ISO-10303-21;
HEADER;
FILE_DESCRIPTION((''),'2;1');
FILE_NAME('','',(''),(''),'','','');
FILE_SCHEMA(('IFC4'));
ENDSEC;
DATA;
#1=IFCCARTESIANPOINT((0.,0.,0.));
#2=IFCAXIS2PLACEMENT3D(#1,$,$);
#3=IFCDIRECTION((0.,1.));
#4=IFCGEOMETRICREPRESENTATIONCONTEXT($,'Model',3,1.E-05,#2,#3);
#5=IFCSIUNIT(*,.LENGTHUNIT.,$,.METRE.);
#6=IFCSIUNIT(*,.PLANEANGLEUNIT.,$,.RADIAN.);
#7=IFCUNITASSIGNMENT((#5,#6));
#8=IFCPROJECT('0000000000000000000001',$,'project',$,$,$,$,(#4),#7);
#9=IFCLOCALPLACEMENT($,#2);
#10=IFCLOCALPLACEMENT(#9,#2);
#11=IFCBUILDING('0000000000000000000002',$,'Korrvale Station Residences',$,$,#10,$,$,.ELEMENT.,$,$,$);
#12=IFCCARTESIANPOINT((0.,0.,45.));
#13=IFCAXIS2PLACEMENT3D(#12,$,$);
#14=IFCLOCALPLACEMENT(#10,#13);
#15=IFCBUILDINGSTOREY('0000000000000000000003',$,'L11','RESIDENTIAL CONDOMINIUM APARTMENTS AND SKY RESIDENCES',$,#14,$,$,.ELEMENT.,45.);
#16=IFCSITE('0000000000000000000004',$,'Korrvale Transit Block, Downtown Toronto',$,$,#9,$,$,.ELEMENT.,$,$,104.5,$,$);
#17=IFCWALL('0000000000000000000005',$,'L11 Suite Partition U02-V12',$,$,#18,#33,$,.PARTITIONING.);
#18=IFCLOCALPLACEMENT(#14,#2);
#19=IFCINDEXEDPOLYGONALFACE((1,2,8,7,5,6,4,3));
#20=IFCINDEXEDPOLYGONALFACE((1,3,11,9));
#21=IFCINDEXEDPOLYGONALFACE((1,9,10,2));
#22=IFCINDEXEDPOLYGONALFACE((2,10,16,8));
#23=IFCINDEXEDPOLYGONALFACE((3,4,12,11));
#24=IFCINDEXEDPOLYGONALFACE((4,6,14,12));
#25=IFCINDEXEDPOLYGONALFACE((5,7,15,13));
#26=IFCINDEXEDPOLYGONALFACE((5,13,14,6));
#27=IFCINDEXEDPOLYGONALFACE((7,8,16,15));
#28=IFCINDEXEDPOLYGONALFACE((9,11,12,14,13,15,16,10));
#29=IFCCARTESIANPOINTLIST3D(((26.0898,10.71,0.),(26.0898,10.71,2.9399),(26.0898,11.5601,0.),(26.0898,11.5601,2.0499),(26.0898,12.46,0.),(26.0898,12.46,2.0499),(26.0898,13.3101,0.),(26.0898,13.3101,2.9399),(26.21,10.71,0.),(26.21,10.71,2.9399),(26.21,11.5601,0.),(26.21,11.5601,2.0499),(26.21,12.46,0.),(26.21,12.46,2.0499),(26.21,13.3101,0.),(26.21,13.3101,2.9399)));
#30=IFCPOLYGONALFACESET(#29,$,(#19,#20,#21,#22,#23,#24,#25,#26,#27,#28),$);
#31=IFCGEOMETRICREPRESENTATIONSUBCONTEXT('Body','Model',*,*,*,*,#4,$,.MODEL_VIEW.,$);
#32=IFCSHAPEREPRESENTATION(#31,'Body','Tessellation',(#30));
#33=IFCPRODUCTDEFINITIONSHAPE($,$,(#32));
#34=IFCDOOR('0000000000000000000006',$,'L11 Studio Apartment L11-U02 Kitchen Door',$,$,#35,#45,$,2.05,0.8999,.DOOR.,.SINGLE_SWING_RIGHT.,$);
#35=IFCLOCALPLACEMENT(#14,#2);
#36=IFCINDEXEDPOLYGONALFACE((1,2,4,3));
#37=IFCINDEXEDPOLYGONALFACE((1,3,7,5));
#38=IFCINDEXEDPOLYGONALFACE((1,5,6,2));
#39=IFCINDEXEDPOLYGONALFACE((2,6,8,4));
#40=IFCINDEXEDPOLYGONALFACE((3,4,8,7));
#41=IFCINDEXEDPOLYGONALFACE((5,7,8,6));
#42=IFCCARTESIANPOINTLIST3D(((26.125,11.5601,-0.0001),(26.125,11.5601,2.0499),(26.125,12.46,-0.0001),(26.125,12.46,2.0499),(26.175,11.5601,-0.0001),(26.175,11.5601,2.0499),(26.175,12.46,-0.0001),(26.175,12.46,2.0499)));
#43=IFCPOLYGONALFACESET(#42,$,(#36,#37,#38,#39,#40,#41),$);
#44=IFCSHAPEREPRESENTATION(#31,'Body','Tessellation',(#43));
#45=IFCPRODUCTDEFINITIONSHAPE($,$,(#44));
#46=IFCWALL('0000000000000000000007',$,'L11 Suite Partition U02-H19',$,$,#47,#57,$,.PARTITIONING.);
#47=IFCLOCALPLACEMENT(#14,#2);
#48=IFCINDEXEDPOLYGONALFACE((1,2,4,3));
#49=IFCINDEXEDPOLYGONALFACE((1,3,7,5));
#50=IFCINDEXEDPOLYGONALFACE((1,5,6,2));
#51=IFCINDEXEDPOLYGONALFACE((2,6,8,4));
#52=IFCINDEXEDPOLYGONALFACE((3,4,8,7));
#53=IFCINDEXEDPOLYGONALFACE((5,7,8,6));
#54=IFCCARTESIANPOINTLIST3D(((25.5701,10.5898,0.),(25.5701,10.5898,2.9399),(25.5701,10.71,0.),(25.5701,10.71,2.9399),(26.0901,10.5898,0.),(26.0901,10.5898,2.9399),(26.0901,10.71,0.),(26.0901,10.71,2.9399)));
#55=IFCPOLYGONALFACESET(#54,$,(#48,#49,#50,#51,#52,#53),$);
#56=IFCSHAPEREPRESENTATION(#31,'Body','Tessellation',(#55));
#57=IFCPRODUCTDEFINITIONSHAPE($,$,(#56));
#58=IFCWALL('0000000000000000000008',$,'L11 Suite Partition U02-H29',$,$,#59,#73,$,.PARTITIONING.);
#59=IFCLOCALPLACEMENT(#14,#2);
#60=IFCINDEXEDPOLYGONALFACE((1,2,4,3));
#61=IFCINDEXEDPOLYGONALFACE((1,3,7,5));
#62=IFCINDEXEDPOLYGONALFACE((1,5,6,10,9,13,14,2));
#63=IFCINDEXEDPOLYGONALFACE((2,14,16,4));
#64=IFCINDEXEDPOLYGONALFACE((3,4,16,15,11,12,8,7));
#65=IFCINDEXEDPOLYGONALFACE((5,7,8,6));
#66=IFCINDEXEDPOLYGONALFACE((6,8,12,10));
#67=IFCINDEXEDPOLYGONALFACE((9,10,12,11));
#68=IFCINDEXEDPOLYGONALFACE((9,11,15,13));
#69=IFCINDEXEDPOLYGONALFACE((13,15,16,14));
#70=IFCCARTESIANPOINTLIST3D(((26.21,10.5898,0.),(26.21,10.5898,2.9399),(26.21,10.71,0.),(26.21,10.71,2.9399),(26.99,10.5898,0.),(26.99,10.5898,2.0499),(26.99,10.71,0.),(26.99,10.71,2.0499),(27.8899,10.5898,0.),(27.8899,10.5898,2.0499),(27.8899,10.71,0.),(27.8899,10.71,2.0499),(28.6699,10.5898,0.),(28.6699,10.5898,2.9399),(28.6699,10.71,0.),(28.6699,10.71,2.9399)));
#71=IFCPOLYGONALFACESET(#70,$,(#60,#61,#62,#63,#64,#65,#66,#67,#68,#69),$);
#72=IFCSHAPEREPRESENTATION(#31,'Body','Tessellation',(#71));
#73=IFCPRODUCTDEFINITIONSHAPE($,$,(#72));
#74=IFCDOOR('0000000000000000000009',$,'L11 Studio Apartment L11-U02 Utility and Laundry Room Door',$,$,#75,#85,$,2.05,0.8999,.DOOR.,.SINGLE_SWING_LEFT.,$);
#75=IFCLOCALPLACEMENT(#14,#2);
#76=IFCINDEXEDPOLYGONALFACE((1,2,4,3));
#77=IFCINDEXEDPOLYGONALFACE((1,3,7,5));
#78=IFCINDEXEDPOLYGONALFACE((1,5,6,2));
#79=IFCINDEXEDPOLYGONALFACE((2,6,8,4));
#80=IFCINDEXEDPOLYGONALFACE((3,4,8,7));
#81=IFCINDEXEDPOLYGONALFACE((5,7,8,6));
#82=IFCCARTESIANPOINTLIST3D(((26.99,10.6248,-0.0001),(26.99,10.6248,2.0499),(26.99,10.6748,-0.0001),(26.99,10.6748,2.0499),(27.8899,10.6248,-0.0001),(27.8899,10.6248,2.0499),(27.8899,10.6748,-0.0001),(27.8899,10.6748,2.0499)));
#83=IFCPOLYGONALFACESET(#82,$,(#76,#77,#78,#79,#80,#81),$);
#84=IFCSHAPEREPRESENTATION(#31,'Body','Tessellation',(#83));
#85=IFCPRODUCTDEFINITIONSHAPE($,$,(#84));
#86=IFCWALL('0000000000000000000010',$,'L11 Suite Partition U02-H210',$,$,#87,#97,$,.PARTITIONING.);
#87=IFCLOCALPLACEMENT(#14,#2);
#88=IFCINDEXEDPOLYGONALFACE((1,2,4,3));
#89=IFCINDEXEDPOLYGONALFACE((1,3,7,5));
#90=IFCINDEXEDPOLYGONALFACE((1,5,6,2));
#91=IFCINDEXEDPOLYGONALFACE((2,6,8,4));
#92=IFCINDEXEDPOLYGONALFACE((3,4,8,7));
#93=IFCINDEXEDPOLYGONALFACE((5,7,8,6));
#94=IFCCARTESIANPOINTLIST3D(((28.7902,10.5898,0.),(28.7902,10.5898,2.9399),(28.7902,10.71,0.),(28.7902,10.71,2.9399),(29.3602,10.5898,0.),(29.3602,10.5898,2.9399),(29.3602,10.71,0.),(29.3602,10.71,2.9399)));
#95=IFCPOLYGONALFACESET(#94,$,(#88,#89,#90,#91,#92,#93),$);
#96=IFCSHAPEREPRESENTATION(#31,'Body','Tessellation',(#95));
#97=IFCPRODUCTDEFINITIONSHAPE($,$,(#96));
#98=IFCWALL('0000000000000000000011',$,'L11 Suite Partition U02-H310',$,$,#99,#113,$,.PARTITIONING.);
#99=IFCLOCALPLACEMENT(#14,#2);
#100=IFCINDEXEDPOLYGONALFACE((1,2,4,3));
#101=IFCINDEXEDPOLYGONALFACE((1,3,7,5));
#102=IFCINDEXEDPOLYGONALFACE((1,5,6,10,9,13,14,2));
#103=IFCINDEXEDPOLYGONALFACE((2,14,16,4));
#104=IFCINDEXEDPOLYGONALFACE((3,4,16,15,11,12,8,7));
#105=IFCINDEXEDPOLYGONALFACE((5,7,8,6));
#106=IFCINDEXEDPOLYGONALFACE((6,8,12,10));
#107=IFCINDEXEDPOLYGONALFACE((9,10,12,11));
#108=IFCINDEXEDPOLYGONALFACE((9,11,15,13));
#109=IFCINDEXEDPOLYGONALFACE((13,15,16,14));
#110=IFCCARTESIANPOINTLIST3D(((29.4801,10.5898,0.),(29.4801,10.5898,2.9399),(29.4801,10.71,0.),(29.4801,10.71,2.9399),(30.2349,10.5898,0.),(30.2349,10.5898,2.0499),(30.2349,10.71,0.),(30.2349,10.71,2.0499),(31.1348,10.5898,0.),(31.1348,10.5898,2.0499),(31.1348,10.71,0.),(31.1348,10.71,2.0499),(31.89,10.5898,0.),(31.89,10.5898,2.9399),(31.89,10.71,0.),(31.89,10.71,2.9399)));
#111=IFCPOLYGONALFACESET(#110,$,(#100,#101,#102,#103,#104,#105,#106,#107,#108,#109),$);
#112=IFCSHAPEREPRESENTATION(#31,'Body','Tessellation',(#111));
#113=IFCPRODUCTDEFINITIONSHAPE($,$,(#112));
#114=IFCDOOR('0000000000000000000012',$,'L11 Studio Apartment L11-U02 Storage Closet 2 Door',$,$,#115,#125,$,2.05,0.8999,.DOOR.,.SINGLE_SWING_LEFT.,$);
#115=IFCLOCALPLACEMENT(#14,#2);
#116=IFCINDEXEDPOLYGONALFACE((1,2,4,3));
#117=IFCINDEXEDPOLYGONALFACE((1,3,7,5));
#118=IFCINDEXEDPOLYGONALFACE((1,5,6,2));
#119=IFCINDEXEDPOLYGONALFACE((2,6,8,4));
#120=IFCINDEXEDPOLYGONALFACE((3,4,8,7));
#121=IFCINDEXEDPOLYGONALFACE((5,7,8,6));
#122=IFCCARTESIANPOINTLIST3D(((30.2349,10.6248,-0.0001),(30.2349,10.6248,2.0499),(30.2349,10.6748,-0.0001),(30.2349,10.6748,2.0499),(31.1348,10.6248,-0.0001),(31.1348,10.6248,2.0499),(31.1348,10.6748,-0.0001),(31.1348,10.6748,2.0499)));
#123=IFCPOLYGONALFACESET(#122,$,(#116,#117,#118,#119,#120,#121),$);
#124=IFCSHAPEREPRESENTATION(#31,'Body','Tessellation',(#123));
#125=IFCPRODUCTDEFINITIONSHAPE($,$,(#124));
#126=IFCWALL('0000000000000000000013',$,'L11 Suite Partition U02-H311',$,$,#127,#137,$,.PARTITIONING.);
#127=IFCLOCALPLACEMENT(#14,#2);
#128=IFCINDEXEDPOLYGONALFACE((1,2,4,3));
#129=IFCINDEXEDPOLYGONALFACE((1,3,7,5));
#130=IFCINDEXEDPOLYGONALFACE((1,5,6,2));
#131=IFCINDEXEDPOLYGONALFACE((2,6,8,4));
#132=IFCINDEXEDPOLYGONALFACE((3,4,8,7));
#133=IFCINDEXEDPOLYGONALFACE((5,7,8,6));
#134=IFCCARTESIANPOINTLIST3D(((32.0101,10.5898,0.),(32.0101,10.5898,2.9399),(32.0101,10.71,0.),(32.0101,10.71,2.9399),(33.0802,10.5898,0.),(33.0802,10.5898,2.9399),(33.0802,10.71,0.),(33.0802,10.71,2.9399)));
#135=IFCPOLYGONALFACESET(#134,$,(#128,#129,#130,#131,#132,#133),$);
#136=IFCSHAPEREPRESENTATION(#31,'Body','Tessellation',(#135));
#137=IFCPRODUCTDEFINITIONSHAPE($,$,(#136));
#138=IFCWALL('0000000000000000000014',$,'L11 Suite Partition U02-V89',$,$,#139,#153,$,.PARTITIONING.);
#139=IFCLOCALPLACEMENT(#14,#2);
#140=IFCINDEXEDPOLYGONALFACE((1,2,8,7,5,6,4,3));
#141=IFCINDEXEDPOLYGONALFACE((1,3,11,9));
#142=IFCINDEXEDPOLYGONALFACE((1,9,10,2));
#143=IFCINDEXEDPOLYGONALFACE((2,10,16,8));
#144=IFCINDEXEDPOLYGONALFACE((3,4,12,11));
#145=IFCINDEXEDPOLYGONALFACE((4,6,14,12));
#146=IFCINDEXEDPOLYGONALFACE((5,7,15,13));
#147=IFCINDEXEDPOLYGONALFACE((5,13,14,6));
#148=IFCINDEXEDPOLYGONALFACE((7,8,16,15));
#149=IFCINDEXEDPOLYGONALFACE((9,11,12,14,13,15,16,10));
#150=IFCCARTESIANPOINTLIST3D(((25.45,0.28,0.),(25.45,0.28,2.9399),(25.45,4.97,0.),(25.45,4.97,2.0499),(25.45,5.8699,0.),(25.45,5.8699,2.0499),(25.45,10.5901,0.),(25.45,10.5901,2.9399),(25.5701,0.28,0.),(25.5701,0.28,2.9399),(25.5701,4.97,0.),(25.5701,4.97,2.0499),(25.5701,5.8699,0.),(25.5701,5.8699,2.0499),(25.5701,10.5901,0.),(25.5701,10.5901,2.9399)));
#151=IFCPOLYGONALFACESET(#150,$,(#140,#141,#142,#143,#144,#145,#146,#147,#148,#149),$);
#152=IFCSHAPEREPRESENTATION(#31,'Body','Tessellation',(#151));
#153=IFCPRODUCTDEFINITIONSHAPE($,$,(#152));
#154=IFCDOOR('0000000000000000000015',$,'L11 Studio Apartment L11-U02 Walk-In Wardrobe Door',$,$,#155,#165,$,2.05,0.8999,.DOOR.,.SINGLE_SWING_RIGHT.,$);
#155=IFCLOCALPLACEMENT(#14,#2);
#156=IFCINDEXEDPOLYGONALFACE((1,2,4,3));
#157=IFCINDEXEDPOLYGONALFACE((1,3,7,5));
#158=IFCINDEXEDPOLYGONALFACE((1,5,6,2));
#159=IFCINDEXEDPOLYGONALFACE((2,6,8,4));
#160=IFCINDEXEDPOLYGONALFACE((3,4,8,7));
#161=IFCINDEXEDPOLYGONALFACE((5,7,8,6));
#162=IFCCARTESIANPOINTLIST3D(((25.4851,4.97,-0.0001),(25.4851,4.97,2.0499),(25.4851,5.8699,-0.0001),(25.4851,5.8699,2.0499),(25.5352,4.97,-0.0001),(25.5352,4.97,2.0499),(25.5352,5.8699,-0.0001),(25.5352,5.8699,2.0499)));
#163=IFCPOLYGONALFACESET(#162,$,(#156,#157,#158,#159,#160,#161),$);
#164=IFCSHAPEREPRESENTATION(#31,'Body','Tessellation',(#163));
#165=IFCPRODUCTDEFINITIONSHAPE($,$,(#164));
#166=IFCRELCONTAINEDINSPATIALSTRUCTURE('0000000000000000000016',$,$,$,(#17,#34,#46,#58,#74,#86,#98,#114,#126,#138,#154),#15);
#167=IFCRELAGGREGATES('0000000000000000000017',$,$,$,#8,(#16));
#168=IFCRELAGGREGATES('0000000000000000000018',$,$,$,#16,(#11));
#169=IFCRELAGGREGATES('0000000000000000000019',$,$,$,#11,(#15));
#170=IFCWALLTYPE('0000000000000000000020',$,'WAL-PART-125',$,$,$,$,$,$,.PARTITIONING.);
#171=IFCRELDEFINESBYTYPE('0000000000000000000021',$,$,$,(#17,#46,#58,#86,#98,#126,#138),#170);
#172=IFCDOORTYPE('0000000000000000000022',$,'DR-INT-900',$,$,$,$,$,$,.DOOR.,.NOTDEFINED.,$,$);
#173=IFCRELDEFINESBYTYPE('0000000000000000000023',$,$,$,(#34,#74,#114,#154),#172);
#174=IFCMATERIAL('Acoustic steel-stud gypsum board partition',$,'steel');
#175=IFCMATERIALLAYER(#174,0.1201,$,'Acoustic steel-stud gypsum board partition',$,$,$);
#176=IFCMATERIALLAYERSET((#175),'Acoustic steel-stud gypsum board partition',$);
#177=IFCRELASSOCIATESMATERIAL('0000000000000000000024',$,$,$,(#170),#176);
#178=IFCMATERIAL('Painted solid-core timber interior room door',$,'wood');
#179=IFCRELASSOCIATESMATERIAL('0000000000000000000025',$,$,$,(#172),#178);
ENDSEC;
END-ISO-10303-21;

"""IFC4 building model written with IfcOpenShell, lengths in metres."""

from ifc_helpers import new_model, si_unit, direction, frame, frame_2d, origin, place, context, subcontext, project, spatial, rectangle, extrude, material, layer, layer_set, type_object, element, fill, save


model = new_model("IFC4")

# Units and contexts
model_context = context("Model", 3, precision=1e-05, world=origin(), true_north=direction((0.0, 1.0)))
body_context = subcontext(model_context, "Body", "Model", "MODEL_VIEW")
ifc_project = project(units=[si_unit("LENGTHUNIT", "METRE"), si_unit("PLANEANGLEUNIT", "RADIAN")], contexts=[model_context])

# Site, building, storey
site_placement = place(None, origin())
site = spatial("IfcSite", under=ifc_project, at=site_placement, Name="Korrvale Transit Block, Downtown Toronto", CompositionType="ELEMENT", RefElevation=104.5)
building_placement = place(site_placement, origin())
building = spatial("IfcBuilding", under=site, at=building_placement, Name="Korrvale Station Residences", CompositionType="ELEMENT")
storey_placement = place(building_placement, frame((0.0, 0.0, 45.0)))
storey = spatial("IfcBuildingStorey", under=building, at=storey_placement, Name="L11", Description="RESIDENTIAL CONDOMINIUM APARTMENTS AND SKY RESIDENCES", CompositionType="ELEMENT", Elevation=45.0)

# Wall, opening, door
ifc_material_1 = material(Name="Acoustic steel-stud gypsum board partition", Category="steel")
ifc_layer_1 = layer(ifc_material_1, 0.1201, Name="Acoustic steel-stud gypsum board partition")
ifc_layer_set_1 = layer_set([ifc_layer_1], Name="Acoustic steel-stud gypsum board partition")
wall_type = type_object("IfcWallType", Name="WAL-PART-125", PredefinedType="PARTITIONING", material=ifc_layer_set_1)
wall_1_placement = place(storey_placement, frame((26.1499, 10.71, 0.0), z_axis=(0.0, 0.0, 1.0), x_axis=(0.0, 1.0, 0.0)))
wall_1 = element("IfcWall", 1, at=wall_1_placement, inside=storey, type_object=wall_type, Name="L11 Suite Partition U02-V12", PredefinedType="PARTITIONING", context=body_context, shape_type="SweptSolid", body=[
    extrude(rectangle(XDim=2.6001, YDim=0.1201, at=frame_2d((1.3, 0.0))), origin(), (0.0, 0.0, 1.0), 2.9399),
])
opening_1_placement = place(wall_1_placement, frame((0.8501, 0.0, 0.0)))
opening_1 = element("IfcOpeningElement", 2, at=opening_1_placement, cuts=wall_1, PredefinedType="OPENING", context=body_context, shape_type="SweptSolid", body=[
    extrude(rectangle(XDim=0.8999, YDim=2.05, at=frame_2d((0.45, 1.0249))), frame((0.0, 0.0701, 0.0), z_axis=(0.0, -1.0, 0.0), x_axis=(1.0, 0.0, 0.0)), (0.0, 0.0, 1.0), 0.1401),
])
ifc_material_2 = material(Name="Painted solid-core timber interior room door", Category="wood")
door_type = type_object("IfcDoorType", Name="DR-INT-900", OperationType="NOTDEFINED", PredefinedType="DOOR", material=ifc_material_2)
door_1_placement = place(opening_1_placement, origin())
door_1 = element("IfcDoor", 3, at=door_1_placement, inside=storey, type_object=door_type, Name="L11 Studio Apartment L11-U02 Kitchen Door", OperationType="SINGLE_SWING_RIGHT", OverallHeight=2.05, OverallWidth=0.8999, PredefinedType="DOOR", context=body_context, shape_type="SweptSolid", body=[
    extrude(rectangle(XDim=0.8999, YDim=2.05, at=frame_2d((0.45, 1.0249))), frame((0.0, 0.0249, 0.0), z_axis=(0.0, -1.0, 0.0), x_axis=(1.0, 0.0, 0.0)), (0.0, 0.0, 1.0), 0.05),
])
fill(opening_1, door_1)

# Wall
wall_2_placement = place(storey_placement, frame((25.5701, 10.6499, 0.0), z_axis=(0.0, 0.0, 1.0), x_axis=(1.0, 0.0, 0.0)))
element("IfcWall", 4, at=wall_2_placement, inside=storey, type_object=wall_type, Name="L11 Suite Partition U02-H19", PredefinedType="PARTITIONING", context=body_context, shape_type="SweptSolid", body=[
    extrude(rectangle(XDim=0.52, YDim=0.1201, at=frame_2d((0.26, 0.0))), origin(), (0.0, 0.0, 1.0), 2.9399),
])

# Wall, opening, door
wall_3_placement = place(storey_placement, frame((26.21, 10.6499, 0.0), z_axis=(0.0, 0.0, 1.0), x_axis=(1.0, 0.0, 0.0)))
wall_3 = element("IfcWall", 5, at=wall_3_placement, inside=storey, type_object=wall_type, Name="L11 Suite Partition U02-H29", PredefinedType="PARTITIONING", context=body_context, shape_type="SweptSolid", body=[
    extrude(rectangle(XDim=2.46, YDim=0.1201, at=frame_2d((1.23, 0.0))), origin(), (0.0, 0.0, 1.0), 2.9399),
])
opening_2_placement = place(wall_3_placement, frame((0.78, 0.0, 0.0)))
opening_2 = element("IfcOpeningElement", 6, at=opening_2_placement, cuts=wall_3, PredefinedType="OPENING", context=body_context, shape_type="SweptSolid", body=[
    extrude(rectangle(XDim=0.8999, YDim=2.05, at=frame_2d((0.45, 1.0249))), frame((0.0, 0.0701, 0.0), z_axis=(0.0, -1.0, 0.0), x_axis=(1.0, 0.0, 0.0)), (0.0, 0.0, 1.0), 0.1401),
])
door_2_placement = place(opening_2_placement, origin())
door_2 = element("IfcDoor", 7, at=door_2_placement, inside=storey, type_object=door_type, Name="L11 Studio Apartment L11-U02 Utility and Laundry Room Door", OperationType="SINGLE_SWING_LEFT", OverallHeight=2.05, OverallWidth=0.8999, PredefinedType="DOOR", context=body_context, shape_type="SweptSolid", body=[
    extrude(rectangle(XDim=0.8999, YDim=2.05, at=frame_2d((0.45, 1.0249))), frame((0.0, 0.0249, 0.0), z_axis=(0.0, -1.0, 0.0), x_axis=(1.0, 0.0, 0.0)), (0.0, 0.0, 1.0), 0.05),
])
fill(opening_2, door_2)

# Wall
wall_4_placement = place(storey_placement, frame((28.79, 10.6499, 0.0), z_axis=(0.0, 0.0, 1.0), x_axis=(1.0, 0.0, 0.0)))
element("IfcWall", 8, at=wall_4_placement, inside=storey, type_object=wall_type, Name="L11 Suite Partition U02-H210", PredefinedType="PARTITIONING", context=body_context, shape_type="SweptSolid", body=[
    extrude(rectangle(XDim=0.5701, YDim=0.1201, at=frame_2d((0.2852, 0.0))), origin(), (0.0, 0.0, 1.0), 2.9399),
])

# Wall, opening, door
wall_5_placement = place(storey_placement, frame((29.48, 10.6499, 0.0), z_axis=(0.0, 0.0, 1.0), x_axis=(1.0, 0.0, 0.0)))
wall_5 = element("IfcWall", 9, at=wall_5_placement, inside=storey, type_object=wall_type, Name="L11 Suite Partition U02-H310", PredefinedType="PARTITIONING", context=body_context, shape_type="SweptSolid", body=[
    extrude(rectangle(XDim=2.4099, YDim=0.1201, at=frame_2d((1.2051, 0.0))), origin(), (0.0, 0.0, 1.0), 2.9399),
])
opening_3_placement = place(wall_5_placement, frame((0.7549, 0.0, 0.0)))
opening_3 = element("IfcOpeningElement", 10, at=opening_3_placement, cuts=wall_5, PredefinedType="OPENING", context=body_context, shape_type="SweptSolid", body=[
    extrude(rectangle(XDim=0.8999, YDim=2.05, at=frame_2d((0.45, 1.0249))), frame((0.0, 0.0701, 0.0), z_axis=(0.0, -1.0, 0.0), x_axis=(1.0, 0.0, 0.0)), (0.0, 0.0, 1.0), 0.1401),
])
door_3_placement = place(opening_3_placement, origin())
door_3 = element("IfcDoor", 11, at=door_3_placement, inside=storey, type_object=door_type, Name="L11 Studio Apartment L11-U02 Storage Closet 2 Door", OperationType="SINGLE_SWING_LEFT", OverallHeight=2.05, OverallWidth=0.8999, PredefinedType="DOOR", context=body_context, shape_type="SweptSolid", body=[
    extrude(rectangle(XDim=0.8999, YDim=2.05, at=frame_2d((0.45, 1.0249))), frame((0.0, 0.0249, 0.0), z_axis=(0.0, -1.0, 0.0), x_axis=(1.0, 0.0, 0.0)), (0.0, 0.0, 1.0), 0.05),
])
fill(opening_3, door_3)

# Wall
wall_6_placement = place(storey_placement, frame((32.01, 10.6499, 0.0), z_axis=(0.0, 0.0, 1.0), x_axis=(1.0, 0.0, 0.0)))
element("IfcWall", 12, at=wall_6_placement, inside=storey, type_object=wall_type, Name="L11 Suite Partition U02-H311", PredefinedType="PARTITIONING", context=body_context, shape_type="SweptSolid", body=[
    extrude(rectangle(XDim=1.0701, YDim=0.1201, at=frame_2d((0.5352, 0.0))), origin(), (0.0, 0.0, 1.0), 2.9399),
])

# Wall, opening, door
wall_7_placement = place(storey_placement, frame((25.51, 0.28, 0.0), z_axis=(0.0, 0.0, 1.0), x_axis=(0.0, 1.0, 0.0)))
wall_7 = element("IfcWall", 13, at=wall_7_placement, inside=storey, type_object=wall_type, Name="L11 Suite Partition U02-V89", PredefinedType="PARTITIONING", context=body_context, shape_type="SweptSolid", body=[
    extrude(rectangle(XDim=10.3101, YDim=0.1201, at=frame_2d((5.155, 0.0))), origin(), (0.0, 0.0, 1.0), 2.9399),
])
opening_4_placement = place(wall_7_placement, frame((4.6899, 0.0, 0.0)))
opening_4 = element("IfcOpeningElement", 14, at=opening_4_placement, cuts=wall_7, PredefinedType="OPENING", context=body_context, shape_type="SweptSolid", body=[
    extrude(rectangle(XDim=0.8999, YDim=2.05, at=frame_2d((0.45, 1.0249))), frame((0.0, 0.0701, 0.0), z_axis=(0.0, -1.0, 0.0), x_axis=(1.0, 0.0, 0.0)), (0.0, 0.0, 1.0), 0.1401),
])
door_4_placement = place(opening_4_placement, origin())
door_4 = element("IfcDoor", 15, at=door_4_placement, inside=storey, type_object=door_type, Name="L11 Studio Apartment L11-U02 Walk-In Wardrobe Door", OperationType="SINGLE_SWING_RIGHT", OverallHeight=2.05, OverallWidth=0.8999, PredefinedType="DOOR", context=body_context, shape_type="SweptSolid", body=[
    extrude(rectangle(XDim=0.8999, YDim=2.05, at=frame_2d((0.45, 1.0249))), frame((0.0, 0.0249, 0.0), z_axis=(0.0, -1.0, 0.0), x_axis=(1.0, 0.0, 0.0)), (0.0, 0.0, 1.0), 0.05),
])
fill(opening_4, door_4)

save(model, "model.ifc")
